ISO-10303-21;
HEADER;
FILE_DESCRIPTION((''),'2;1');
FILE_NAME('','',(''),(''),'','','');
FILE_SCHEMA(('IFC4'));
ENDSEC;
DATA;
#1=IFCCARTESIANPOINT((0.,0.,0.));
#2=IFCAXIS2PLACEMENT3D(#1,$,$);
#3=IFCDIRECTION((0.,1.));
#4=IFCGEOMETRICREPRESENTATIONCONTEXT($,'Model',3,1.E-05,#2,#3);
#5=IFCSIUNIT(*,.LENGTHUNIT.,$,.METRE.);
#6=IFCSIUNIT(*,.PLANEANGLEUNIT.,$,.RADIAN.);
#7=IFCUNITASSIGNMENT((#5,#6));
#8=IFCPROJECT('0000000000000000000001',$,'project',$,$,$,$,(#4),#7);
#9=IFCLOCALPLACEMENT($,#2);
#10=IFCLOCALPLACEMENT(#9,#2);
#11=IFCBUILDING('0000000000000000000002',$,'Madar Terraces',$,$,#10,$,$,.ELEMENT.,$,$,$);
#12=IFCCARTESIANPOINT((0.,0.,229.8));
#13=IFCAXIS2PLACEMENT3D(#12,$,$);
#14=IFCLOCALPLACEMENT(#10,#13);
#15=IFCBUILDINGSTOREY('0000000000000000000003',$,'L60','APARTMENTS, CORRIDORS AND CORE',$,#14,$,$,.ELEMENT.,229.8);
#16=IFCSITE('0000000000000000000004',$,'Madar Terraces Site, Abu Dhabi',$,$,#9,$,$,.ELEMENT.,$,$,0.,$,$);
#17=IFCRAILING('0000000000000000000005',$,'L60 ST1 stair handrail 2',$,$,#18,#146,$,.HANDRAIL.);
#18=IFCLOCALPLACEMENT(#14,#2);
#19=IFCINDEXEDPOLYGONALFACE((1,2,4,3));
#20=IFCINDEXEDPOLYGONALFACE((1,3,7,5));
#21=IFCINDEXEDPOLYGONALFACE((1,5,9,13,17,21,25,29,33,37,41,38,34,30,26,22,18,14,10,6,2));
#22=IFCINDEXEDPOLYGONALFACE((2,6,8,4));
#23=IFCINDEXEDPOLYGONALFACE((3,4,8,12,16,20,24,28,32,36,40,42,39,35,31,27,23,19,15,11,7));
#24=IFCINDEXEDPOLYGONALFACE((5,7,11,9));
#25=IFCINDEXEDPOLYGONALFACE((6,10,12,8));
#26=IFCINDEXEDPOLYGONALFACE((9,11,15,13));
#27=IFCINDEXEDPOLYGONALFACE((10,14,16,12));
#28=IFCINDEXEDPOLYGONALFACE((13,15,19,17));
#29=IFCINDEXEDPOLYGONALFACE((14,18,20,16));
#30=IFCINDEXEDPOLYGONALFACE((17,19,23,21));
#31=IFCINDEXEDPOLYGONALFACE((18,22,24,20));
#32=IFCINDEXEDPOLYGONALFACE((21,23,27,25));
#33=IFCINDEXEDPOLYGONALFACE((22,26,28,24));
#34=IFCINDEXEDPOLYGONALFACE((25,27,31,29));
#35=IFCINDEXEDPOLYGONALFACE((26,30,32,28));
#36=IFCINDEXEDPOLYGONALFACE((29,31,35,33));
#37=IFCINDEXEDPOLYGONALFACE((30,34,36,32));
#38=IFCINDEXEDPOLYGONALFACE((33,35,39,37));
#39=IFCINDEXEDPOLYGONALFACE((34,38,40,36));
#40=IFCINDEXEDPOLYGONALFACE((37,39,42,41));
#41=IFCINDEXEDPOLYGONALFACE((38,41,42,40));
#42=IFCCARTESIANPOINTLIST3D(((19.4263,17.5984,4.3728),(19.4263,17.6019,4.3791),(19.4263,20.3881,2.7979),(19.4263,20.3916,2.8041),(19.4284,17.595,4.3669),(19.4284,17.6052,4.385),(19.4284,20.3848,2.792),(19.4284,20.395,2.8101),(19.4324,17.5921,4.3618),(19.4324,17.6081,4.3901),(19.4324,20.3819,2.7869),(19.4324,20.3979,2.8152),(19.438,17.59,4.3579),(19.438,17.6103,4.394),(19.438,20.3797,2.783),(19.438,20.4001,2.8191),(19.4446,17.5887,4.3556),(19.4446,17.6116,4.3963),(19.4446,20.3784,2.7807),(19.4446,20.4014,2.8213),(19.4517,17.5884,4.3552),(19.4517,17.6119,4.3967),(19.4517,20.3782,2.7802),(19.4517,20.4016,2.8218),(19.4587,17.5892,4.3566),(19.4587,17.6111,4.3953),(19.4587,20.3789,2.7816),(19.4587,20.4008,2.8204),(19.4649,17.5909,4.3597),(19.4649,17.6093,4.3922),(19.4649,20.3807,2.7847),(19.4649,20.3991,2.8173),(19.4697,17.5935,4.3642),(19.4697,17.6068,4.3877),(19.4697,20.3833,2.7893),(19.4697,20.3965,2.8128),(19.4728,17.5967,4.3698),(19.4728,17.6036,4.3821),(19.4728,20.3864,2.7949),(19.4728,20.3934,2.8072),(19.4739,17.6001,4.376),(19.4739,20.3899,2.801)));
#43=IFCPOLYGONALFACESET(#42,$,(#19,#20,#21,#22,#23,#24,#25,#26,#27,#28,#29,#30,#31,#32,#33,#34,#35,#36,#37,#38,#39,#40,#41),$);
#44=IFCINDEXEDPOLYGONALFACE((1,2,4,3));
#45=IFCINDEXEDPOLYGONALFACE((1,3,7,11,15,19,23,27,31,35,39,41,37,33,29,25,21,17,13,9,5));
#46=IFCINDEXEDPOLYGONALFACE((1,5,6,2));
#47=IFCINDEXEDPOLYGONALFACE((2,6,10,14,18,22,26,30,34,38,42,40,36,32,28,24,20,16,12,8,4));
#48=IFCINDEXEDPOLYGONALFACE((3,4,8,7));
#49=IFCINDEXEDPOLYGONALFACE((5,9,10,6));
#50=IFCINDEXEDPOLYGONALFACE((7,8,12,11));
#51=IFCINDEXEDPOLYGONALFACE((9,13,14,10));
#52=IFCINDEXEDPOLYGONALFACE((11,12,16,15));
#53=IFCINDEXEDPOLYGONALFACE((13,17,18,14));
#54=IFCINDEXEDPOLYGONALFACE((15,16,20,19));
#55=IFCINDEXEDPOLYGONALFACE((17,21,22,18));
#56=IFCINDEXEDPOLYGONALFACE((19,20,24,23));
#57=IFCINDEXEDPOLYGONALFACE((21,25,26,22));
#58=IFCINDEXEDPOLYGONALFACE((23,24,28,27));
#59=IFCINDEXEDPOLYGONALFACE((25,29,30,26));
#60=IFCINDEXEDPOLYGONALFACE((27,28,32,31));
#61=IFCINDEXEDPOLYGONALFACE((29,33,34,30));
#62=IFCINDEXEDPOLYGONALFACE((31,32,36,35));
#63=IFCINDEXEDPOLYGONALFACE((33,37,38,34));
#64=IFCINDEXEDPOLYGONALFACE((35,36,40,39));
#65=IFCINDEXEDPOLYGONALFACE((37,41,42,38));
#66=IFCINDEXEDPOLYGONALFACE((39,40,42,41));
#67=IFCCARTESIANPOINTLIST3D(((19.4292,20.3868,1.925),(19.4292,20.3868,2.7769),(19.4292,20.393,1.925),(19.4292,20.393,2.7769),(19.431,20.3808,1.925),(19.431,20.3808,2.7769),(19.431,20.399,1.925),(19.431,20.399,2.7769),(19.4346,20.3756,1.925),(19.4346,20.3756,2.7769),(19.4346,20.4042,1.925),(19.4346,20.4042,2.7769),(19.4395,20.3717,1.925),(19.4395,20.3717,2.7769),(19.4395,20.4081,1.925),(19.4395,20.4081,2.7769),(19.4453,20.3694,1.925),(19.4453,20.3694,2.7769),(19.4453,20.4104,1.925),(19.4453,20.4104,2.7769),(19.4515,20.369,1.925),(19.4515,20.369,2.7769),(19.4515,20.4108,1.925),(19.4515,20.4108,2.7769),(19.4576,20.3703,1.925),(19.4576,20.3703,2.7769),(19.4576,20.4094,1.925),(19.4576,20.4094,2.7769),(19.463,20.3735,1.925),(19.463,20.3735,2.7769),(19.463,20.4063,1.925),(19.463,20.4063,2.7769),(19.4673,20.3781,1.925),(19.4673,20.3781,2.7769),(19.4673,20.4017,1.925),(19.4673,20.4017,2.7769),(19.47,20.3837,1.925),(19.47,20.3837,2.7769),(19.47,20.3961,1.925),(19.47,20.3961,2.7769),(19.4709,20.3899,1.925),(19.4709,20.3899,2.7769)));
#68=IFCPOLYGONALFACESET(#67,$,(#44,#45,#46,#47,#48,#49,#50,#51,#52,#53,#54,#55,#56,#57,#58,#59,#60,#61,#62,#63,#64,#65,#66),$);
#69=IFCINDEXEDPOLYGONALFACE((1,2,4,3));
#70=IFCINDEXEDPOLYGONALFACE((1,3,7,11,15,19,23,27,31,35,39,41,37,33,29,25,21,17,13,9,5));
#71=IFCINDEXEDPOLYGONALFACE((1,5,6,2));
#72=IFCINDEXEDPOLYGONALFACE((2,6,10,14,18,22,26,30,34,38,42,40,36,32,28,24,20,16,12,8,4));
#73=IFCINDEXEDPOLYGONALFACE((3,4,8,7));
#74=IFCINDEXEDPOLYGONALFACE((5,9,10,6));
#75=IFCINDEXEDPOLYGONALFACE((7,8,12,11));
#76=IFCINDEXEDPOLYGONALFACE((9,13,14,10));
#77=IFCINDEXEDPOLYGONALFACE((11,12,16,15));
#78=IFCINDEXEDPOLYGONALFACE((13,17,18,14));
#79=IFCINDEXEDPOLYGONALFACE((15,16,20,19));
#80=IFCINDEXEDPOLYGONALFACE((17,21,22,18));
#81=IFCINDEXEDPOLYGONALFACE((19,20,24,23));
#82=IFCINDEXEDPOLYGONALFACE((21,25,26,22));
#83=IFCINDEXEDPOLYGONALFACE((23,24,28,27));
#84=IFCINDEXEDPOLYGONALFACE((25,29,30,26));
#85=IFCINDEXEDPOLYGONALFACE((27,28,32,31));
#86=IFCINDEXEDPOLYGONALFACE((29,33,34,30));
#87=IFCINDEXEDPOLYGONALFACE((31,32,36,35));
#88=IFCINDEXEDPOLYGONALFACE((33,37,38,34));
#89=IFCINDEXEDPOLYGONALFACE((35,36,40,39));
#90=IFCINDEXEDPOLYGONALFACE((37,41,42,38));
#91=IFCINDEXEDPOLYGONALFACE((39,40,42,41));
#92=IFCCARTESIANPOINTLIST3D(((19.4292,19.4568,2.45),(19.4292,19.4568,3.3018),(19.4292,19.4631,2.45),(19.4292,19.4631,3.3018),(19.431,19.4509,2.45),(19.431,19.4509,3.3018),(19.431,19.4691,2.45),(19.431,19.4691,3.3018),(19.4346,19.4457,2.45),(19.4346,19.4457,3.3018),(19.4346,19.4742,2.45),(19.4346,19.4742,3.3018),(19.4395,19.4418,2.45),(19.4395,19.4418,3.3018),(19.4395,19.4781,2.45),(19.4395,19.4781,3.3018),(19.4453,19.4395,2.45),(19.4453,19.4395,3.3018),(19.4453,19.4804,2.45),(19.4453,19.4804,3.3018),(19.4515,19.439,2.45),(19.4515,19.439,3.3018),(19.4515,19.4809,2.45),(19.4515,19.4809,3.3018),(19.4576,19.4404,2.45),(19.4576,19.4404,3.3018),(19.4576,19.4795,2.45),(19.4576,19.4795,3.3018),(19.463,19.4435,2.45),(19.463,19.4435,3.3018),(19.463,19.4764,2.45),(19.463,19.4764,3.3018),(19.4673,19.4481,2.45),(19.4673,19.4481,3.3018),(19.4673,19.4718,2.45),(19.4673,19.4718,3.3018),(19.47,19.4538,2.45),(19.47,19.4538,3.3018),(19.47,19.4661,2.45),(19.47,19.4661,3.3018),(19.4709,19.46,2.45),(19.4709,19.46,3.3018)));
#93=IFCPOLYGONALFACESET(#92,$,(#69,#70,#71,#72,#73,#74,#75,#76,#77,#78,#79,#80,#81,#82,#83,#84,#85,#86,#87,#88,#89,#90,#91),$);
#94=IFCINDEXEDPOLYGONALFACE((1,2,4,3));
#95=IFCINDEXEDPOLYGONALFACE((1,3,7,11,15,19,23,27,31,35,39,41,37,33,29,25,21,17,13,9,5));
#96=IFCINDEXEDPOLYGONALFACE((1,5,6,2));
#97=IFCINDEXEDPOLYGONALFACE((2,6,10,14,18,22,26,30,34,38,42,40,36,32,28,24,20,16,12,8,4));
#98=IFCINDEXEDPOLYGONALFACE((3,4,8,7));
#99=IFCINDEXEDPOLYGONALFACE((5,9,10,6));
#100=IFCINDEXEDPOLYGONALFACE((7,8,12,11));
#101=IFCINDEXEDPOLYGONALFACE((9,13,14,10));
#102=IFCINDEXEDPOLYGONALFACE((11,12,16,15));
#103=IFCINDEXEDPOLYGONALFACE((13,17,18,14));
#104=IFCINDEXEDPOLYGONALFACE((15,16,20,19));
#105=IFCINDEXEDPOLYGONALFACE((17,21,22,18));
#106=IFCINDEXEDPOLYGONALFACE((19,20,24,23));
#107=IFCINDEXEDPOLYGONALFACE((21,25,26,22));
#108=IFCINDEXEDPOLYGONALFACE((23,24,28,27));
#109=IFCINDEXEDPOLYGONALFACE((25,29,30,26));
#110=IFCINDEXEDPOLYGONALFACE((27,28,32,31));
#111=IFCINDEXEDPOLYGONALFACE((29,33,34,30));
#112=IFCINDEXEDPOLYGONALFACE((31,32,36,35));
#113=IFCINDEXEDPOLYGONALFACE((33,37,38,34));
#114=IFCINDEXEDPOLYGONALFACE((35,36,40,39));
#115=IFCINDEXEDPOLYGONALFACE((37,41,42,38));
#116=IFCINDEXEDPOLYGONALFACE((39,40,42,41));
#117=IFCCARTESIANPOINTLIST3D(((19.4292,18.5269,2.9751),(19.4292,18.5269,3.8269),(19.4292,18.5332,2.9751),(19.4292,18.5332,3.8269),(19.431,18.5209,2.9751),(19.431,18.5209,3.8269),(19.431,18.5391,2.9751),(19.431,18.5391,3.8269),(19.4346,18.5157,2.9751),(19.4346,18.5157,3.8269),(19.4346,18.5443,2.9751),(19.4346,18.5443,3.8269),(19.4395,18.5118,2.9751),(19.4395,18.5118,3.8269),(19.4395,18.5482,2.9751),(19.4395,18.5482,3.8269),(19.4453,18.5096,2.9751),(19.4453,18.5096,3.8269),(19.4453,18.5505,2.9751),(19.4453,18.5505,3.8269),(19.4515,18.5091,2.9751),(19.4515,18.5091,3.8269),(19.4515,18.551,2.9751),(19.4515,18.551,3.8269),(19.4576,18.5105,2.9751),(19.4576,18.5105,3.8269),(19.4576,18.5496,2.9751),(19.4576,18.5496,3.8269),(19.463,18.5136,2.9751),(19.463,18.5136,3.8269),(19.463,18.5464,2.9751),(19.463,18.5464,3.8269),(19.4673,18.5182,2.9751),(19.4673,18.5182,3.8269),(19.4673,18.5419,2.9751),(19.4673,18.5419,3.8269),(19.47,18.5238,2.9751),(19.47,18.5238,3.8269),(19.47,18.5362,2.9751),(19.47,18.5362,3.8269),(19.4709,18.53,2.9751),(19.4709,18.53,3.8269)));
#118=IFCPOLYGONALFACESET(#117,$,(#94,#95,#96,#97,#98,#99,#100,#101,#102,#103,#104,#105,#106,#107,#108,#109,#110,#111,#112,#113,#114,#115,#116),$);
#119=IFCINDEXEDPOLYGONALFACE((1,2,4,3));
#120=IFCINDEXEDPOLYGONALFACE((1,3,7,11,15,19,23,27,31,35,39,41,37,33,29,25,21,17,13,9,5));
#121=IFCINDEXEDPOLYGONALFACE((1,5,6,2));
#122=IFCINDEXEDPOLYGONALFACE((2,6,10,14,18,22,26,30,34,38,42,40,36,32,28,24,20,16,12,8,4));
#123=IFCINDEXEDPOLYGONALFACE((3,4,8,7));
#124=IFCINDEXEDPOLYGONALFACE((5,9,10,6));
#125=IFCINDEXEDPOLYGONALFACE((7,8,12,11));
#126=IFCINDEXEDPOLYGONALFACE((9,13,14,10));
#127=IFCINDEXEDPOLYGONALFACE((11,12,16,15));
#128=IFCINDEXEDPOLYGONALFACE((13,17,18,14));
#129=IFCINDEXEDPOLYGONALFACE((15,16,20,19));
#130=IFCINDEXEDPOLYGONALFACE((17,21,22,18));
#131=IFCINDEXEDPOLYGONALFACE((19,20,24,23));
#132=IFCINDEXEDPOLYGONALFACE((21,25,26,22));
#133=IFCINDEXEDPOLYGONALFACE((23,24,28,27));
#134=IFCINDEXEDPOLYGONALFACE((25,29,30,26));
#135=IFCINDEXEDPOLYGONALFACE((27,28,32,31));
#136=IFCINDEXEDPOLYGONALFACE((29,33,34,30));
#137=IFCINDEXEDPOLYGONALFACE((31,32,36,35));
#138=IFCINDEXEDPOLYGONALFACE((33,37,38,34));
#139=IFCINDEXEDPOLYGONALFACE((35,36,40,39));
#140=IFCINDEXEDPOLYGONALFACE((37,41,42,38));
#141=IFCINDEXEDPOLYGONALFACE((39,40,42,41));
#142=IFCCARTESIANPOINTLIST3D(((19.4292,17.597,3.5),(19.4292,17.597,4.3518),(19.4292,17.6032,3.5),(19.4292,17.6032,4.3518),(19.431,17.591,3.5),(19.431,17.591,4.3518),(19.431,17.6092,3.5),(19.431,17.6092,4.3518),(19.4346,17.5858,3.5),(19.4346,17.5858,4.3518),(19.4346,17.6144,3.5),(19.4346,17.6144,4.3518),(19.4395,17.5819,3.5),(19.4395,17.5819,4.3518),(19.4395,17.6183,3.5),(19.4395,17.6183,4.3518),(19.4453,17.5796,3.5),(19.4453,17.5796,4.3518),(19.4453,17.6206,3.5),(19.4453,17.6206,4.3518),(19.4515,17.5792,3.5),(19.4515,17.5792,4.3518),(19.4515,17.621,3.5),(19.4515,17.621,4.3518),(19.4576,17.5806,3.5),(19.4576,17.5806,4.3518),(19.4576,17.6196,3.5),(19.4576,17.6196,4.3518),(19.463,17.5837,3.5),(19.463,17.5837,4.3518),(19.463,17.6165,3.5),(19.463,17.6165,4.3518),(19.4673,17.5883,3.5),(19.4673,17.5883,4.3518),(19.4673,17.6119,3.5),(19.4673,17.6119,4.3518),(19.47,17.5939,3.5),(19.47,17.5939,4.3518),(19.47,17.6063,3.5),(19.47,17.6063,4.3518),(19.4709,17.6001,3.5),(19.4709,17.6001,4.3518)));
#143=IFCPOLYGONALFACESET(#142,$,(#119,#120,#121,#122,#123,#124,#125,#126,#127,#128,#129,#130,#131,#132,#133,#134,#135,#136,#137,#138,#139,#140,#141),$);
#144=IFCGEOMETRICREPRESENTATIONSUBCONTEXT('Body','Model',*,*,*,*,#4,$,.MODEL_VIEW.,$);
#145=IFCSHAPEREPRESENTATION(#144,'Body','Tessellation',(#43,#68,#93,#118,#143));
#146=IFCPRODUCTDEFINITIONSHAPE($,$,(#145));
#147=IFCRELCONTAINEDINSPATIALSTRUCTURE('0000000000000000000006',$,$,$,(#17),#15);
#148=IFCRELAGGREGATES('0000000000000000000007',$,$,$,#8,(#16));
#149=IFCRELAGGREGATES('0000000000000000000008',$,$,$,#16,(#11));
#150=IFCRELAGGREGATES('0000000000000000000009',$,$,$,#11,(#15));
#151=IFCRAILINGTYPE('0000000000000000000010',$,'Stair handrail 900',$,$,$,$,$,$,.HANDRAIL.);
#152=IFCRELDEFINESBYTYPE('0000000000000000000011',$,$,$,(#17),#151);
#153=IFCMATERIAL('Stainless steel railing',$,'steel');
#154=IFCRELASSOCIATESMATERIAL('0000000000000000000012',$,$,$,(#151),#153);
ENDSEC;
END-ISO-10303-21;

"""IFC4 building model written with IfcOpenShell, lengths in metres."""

from ifc_helpers import new_model, si_unit, direction, frame, origin, origin_2d, place, context, subcontext, project, spatial, circle, extrude, material, type_object, element, save


model = new_model("IFC4")

# Units and contexts
model_context = context("Model", 3, precision=1e-05, world=origin(), true_north=direction((0.0, 1.0)))
body_context = subcontext(model_context, "Body", "Model", "MODEL_VIEW")
ifc_project = project(units=[si_unit("LENGTHUNIT", "METRE"), si_unit("PLANEANGLEUNIT", "RADIAN")], contexts=[model_context])

# Site, building, storey
site_placement = place(None, origin())
site = spatial("IfcSite", under=ifc_project, at=site_placement, Name="Madar Terraces Site, Abu Dhabi", CompositionType="ELEMENT", RefElevation=0.0)
building_placement = place(site_placement, origin())
building = spatial("IfcBuilding", under=site, at=building_placement, Name="Madar Terraces", CompositionType="ELEMENT")
storey_placement = place(building_placement, frame((0.0, 0.0, 229.8)))
storey = spatial("IfcBuildingStorey", under=building, at=storey_placement, Name="L60", Description="APARTMENTS, CORRIDORS AND CORE", CompositionType="ELEMENT", Elevation=229.8)

# Railing
ifc_material_1 = material(Name="Stainless steel railing", Category="steel")
railing_type_1 = type_object("IfcRailingType", Name="Stair handrail 900", PredefinedType="HANDRAIL", material=ifc_material_1)
railing_1_placement = place(storey_placement, frame((19.45, 20.3899, 1.925)))
element("IfcRailing", 1, at=railing_1_placement, inside=storey, type_object=railing_type_1, Name="L60 ST1 stair handrail 2", PredefinedType="HANDRAIL", context=body_context, shape_type="SweptSolid", body=[
    extrude(circle(Radius=0.0239, at=origin_2d()), frame((0.0, 0.0, 0.876), z_axis=(0.0, -0.870815, 0.49161), x_axis=(1.0, 0.0, 0.0)), (0.0, 0.0, 1.0), 3.2036),
    extrude(circle(Radius=0.021, at=origin_2d()), origin(), (0.0, 0.0, 1.0), 0.8518),
    extrude(circle(Radius=0.021, at=origin_2d()), frame((0.0, -0.9299, 0.5249)), (0.0, 0.0, 1.0), 0.8518),
    extrude(circle(Radius=0.021, at=origin_2d()), frame((0.0, -1.8599, 1.05)), (0.0, 0.0, 1.0), 0.8518),
    extrude(circle(Radius=0.021, at=origin_2d()), frame((0.0, -2.7898, 1.575)), (0.0, 0.0, 1.0), 0.8518),
])

save(model, "model.ifc")
